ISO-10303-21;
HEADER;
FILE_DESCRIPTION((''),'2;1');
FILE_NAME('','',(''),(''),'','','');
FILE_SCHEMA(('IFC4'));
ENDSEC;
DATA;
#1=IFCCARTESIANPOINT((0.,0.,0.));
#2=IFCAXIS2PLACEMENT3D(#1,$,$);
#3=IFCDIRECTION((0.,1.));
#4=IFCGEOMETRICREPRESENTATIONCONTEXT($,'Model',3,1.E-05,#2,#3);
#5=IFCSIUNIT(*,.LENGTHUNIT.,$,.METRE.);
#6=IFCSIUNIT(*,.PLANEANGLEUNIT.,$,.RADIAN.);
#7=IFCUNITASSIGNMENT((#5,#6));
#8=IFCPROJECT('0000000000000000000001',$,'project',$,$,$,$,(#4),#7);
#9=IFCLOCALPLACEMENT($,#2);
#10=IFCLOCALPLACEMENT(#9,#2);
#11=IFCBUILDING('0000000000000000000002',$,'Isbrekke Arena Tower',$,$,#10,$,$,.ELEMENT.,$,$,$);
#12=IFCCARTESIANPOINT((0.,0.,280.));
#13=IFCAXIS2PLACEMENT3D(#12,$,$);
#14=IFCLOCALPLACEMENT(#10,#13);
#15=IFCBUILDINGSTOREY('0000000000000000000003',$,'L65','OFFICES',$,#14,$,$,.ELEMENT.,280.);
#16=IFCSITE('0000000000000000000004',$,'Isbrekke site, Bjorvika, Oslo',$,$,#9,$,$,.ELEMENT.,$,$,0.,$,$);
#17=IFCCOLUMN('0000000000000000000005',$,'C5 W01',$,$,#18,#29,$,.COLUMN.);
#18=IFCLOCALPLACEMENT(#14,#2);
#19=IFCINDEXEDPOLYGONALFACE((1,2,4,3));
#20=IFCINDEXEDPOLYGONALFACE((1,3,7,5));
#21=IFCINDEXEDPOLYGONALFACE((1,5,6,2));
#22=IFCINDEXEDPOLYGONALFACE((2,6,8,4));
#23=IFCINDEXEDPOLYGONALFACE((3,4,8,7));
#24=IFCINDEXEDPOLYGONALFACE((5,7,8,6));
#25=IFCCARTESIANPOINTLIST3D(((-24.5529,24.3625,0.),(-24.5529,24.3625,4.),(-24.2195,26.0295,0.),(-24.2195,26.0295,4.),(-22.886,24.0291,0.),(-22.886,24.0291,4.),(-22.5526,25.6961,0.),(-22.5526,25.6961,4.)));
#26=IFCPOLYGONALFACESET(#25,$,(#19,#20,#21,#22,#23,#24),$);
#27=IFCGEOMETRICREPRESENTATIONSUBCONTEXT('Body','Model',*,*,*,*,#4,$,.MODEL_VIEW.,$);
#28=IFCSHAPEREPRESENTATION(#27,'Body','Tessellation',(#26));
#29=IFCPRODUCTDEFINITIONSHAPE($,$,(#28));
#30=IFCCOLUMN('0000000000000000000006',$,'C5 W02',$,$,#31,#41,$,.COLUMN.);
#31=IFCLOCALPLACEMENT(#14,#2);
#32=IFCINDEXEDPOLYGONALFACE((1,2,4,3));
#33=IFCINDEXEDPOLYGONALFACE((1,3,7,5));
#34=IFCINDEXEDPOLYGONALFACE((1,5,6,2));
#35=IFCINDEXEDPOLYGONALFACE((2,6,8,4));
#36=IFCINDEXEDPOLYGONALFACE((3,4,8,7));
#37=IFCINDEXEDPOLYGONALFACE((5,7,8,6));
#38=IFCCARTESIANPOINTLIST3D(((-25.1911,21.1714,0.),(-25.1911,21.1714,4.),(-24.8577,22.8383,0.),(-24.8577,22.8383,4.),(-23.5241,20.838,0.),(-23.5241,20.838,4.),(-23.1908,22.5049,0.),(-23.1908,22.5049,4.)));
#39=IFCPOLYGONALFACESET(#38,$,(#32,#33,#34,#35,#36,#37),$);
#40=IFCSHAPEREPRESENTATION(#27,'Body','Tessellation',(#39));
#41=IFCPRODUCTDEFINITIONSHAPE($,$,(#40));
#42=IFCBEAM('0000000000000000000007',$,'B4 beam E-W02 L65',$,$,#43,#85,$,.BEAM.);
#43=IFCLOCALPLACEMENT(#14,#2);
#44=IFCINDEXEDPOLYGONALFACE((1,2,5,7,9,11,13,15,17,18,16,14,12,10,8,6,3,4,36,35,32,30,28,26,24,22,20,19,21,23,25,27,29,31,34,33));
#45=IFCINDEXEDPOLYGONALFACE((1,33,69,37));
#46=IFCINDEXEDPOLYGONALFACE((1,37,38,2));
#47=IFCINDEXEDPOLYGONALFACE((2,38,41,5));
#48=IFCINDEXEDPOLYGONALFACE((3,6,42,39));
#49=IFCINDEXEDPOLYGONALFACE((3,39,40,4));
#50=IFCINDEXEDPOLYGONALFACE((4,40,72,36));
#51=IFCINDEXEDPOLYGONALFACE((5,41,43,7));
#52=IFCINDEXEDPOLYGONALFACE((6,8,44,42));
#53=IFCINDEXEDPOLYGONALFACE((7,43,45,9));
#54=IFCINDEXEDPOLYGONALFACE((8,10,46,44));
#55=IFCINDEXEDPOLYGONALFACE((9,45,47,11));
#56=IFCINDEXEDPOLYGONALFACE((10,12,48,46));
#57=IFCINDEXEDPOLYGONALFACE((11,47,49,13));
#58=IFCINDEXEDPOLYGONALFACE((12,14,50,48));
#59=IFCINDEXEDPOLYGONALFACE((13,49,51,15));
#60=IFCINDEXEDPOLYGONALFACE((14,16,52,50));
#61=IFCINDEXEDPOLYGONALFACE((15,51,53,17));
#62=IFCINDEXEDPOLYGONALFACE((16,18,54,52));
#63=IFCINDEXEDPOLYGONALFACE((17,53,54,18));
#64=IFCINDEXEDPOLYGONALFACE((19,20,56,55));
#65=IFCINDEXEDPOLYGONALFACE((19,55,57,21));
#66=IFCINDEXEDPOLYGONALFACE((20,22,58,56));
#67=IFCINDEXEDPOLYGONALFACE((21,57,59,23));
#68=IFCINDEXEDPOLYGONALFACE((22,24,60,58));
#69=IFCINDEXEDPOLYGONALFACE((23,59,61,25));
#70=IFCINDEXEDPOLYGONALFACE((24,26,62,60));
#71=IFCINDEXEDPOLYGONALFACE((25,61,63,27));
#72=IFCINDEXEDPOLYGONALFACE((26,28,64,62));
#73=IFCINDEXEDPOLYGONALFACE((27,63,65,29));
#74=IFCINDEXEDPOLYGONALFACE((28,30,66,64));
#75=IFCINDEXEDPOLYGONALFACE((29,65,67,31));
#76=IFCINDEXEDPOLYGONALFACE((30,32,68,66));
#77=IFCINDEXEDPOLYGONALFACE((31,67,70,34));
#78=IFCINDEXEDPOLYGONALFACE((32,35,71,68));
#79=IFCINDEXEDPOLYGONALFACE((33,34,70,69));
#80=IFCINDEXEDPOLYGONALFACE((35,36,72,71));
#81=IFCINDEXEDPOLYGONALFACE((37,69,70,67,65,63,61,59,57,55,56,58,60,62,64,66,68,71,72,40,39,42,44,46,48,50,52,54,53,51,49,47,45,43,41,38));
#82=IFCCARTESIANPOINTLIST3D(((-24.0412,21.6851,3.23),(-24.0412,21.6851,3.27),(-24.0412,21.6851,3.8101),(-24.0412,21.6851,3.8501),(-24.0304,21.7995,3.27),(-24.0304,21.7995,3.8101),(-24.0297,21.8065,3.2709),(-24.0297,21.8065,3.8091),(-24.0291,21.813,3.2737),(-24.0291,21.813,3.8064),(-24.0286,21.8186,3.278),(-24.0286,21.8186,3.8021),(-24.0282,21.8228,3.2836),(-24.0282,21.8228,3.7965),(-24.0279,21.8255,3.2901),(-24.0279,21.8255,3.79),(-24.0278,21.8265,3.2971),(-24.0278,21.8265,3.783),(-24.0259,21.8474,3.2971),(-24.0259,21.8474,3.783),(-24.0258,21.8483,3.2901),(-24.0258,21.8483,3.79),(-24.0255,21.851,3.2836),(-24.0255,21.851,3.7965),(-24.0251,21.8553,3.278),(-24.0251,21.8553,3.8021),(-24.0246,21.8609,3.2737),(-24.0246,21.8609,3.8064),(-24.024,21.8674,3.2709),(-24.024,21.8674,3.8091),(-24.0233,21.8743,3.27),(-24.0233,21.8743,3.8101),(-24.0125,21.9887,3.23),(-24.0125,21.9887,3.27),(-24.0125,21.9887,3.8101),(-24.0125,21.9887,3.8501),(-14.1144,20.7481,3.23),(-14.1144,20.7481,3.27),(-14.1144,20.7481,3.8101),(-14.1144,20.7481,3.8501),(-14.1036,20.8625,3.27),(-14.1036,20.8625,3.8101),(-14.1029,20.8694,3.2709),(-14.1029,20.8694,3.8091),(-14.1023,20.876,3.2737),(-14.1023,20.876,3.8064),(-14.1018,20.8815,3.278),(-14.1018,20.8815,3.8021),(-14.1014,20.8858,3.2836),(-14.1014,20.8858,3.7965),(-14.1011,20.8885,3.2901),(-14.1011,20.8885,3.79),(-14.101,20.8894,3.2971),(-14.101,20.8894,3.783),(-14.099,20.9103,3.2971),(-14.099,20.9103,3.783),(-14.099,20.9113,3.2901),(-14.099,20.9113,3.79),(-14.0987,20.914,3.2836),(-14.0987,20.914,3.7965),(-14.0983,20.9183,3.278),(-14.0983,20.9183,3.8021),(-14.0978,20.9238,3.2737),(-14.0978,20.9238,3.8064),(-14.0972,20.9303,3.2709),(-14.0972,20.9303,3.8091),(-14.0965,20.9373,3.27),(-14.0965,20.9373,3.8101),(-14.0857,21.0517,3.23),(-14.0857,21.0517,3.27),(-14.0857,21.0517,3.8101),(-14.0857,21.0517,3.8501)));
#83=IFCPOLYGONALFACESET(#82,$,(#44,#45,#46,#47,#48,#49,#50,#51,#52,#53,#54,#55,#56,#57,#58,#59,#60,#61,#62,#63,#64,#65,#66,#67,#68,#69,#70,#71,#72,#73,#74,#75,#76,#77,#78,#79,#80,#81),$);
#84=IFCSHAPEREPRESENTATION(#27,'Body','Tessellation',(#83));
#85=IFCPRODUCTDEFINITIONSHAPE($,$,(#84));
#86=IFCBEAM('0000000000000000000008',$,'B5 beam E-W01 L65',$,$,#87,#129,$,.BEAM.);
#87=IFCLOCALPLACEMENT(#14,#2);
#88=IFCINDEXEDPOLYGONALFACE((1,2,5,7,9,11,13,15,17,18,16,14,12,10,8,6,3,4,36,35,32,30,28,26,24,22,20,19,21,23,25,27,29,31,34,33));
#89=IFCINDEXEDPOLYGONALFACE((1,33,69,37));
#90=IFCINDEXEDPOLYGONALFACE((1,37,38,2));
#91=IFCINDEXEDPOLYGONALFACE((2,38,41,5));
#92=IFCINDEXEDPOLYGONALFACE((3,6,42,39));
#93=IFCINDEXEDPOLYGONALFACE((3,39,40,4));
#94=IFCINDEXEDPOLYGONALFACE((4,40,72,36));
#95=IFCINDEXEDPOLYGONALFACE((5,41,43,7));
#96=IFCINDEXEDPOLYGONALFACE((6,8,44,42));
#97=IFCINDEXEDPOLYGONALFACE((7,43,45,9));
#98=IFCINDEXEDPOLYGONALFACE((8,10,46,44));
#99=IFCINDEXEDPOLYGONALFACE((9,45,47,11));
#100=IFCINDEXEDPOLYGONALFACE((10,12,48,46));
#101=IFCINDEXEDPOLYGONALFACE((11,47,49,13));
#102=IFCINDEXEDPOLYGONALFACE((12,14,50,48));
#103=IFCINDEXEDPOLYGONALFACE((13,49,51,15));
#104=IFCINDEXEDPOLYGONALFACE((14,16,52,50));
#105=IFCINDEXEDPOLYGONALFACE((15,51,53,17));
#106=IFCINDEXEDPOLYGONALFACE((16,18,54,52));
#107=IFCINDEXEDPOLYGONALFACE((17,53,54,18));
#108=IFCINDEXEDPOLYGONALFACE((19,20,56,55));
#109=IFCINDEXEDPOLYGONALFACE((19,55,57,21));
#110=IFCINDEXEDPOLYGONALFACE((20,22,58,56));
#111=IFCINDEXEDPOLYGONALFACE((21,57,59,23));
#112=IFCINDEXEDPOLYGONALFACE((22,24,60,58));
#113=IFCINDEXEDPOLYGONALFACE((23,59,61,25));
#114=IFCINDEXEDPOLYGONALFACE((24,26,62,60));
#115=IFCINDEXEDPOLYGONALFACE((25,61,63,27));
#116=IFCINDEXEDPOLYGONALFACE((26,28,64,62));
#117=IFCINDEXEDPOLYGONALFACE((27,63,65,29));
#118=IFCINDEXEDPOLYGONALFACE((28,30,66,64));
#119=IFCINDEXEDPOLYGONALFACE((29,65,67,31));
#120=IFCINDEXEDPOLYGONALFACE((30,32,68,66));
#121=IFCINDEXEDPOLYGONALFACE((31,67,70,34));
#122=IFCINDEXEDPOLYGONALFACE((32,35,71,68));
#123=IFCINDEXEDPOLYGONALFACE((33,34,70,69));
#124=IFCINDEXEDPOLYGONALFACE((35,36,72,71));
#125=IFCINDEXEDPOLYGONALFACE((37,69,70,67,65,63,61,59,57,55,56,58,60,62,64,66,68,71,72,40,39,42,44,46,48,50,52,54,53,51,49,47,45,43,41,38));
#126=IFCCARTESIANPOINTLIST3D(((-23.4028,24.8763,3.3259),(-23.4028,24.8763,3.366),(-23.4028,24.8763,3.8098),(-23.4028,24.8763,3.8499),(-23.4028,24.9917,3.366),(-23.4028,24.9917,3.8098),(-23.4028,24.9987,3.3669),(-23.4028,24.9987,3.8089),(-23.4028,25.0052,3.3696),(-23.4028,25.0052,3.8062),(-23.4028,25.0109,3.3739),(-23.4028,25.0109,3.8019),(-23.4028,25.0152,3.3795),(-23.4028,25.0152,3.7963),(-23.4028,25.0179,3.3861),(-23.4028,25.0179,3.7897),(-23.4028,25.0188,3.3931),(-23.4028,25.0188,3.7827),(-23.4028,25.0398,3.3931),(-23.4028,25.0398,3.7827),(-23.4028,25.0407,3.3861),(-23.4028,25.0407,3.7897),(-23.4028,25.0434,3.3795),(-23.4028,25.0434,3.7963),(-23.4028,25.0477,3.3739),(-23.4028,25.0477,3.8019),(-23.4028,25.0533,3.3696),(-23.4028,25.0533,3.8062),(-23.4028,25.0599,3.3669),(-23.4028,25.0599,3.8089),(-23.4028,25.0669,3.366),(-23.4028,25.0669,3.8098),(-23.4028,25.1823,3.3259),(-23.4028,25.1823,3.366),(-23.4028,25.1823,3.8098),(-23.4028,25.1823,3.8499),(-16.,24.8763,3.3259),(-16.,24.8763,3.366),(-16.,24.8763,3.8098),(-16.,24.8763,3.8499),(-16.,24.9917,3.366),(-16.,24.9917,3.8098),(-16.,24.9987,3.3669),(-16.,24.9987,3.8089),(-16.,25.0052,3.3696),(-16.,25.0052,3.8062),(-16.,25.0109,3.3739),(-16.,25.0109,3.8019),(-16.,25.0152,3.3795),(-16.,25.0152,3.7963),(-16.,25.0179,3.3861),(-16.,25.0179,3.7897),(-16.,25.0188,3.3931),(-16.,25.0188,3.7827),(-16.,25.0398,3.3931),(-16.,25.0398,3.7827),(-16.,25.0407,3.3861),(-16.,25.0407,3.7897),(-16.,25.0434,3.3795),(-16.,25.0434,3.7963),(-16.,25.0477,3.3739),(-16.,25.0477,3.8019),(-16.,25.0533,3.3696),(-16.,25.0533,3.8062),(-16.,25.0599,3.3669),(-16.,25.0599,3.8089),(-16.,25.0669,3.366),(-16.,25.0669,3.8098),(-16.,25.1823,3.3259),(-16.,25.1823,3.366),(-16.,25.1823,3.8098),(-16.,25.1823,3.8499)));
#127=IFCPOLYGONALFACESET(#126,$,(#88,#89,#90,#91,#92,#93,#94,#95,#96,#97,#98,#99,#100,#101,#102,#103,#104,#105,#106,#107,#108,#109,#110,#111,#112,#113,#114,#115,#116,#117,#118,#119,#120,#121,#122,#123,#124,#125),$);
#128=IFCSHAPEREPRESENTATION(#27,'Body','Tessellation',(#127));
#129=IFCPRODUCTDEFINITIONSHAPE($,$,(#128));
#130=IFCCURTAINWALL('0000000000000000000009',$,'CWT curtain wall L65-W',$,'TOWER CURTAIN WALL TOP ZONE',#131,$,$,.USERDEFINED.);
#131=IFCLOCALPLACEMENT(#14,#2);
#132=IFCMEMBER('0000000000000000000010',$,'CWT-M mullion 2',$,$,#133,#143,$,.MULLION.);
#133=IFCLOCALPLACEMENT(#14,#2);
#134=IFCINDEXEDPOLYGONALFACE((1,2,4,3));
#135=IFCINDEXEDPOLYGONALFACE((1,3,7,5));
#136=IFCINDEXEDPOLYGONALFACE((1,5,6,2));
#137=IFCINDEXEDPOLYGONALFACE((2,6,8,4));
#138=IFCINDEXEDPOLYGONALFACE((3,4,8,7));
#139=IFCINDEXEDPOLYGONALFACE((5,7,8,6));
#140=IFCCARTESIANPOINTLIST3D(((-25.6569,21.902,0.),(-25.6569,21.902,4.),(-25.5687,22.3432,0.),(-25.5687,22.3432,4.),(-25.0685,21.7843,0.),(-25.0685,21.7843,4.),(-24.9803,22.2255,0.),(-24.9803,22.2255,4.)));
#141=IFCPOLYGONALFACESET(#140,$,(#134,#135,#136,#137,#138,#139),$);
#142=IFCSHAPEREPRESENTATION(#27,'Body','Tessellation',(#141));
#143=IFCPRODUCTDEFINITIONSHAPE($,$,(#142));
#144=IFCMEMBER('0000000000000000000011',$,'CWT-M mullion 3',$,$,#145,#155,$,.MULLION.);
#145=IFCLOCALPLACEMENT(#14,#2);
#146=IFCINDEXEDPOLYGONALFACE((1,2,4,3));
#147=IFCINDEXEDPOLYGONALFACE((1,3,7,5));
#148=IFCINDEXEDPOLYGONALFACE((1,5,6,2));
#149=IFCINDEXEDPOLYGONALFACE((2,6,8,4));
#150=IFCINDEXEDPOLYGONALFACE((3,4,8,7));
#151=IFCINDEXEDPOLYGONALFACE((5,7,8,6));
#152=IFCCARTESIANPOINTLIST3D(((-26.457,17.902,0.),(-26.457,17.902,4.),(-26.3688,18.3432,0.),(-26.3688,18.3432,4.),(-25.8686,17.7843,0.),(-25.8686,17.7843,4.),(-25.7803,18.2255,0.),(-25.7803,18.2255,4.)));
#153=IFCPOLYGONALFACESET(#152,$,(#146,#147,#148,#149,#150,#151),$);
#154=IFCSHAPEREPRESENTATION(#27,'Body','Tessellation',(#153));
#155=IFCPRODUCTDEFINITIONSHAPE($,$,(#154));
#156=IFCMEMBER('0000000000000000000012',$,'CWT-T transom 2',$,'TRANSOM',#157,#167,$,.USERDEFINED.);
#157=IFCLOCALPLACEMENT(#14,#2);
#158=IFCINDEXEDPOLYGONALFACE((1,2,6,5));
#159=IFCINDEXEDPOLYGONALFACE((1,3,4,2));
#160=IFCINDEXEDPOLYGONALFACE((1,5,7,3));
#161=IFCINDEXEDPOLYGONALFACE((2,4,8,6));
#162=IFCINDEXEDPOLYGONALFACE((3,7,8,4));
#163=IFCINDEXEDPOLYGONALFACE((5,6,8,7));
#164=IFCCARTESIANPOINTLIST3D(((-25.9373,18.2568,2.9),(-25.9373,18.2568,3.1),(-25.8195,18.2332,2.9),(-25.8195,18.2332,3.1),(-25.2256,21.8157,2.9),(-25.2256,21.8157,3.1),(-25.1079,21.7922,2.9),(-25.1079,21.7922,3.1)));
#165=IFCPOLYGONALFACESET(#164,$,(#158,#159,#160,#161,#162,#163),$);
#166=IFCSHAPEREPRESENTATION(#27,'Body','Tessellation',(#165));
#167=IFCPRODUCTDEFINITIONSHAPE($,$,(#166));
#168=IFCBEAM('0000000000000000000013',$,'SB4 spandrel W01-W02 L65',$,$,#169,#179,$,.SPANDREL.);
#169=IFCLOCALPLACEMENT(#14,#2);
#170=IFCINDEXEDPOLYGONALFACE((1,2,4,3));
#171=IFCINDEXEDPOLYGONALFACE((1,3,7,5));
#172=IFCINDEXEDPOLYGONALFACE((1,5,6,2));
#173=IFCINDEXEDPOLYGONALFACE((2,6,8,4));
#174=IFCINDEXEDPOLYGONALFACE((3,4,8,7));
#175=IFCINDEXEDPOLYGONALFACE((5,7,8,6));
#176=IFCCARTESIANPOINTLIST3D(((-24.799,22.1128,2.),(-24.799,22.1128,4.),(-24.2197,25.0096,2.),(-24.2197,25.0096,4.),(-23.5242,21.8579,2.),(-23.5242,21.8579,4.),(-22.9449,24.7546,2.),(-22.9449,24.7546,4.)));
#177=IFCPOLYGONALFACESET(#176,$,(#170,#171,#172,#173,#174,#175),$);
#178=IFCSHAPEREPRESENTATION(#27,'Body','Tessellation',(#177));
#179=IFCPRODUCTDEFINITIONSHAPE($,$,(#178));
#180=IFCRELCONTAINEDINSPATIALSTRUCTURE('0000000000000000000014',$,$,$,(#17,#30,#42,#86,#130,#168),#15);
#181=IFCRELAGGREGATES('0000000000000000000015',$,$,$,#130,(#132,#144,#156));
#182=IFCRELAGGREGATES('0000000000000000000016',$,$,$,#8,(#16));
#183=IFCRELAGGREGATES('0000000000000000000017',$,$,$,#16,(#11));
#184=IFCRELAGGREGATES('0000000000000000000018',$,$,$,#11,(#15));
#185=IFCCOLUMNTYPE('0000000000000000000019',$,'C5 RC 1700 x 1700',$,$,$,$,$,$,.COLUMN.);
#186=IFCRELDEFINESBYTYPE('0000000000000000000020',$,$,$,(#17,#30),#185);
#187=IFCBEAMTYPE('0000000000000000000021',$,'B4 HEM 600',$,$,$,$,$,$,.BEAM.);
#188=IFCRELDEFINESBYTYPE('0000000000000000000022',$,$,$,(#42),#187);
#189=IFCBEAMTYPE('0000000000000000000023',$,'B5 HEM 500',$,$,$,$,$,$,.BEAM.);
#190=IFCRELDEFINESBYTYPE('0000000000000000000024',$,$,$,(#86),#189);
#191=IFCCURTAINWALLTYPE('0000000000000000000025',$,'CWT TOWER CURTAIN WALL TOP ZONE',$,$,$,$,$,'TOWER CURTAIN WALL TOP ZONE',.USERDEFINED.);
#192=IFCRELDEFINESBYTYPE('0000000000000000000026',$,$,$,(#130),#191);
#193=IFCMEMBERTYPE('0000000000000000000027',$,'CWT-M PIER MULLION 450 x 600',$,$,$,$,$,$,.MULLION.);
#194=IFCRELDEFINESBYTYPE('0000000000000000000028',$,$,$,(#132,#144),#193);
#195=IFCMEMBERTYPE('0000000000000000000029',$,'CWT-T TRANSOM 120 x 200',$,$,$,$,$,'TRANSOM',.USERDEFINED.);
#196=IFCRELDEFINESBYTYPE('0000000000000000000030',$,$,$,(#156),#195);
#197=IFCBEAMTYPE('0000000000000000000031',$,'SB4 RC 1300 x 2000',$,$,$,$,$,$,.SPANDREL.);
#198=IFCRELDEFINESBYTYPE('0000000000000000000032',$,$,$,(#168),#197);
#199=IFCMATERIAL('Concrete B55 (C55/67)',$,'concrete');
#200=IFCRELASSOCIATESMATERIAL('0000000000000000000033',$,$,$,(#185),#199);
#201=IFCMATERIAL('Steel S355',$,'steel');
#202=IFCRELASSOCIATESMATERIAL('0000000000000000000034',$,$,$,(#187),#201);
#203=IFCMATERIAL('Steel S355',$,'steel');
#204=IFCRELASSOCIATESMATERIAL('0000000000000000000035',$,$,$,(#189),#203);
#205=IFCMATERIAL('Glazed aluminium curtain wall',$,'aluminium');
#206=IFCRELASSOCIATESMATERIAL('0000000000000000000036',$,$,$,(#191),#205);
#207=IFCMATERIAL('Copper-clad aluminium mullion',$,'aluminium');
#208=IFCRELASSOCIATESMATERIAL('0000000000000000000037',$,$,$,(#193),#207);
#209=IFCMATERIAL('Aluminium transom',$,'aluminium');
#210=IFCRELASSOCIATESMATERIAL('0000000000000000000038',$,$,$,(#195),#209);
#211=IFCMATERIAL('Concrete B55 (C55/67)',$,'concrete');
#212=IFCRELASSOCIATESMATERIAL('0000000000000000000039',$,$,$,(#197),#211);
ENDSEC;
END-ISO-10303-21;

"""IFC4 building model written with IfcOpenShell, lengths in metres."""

from ifc_helpers import new_model, si_unit, direction, frame, origin, origin_2d, place, context, subcontext, project, spatial, rectangle, i_section, extrude, material, material_profile, profile_set, type_object, element, aggregate, save


model = new_model("IFC4")

# Units and contexts
model_context = context("Model", 3, precision=1e-05, world=origin(), true_north=direction((0.0, 1.0)))
body_context = subcontext(model_context, "Body", "Model", "MODEL_VIEW")
ifc_project = project(units=[si_unit("LENGTHUNIT", "METRE"), si_unit("PLANEANGLEUNIT", "RADIAN")], contexts=[model_context])

# Site, building, storey
site_placement = place(None, origin())
site = spatial("IfcSite", under=ifc_project, at=site_placement, Name="Isbrekke site, Bjorvika, Oslo", CompositionType="ELEMENT", RefElevation=0.0)
building_placement = place(site_placement, origin())
building = spatial("IfcBuilding", under=site, at=building_placement, Name="Isbrekke Arena Tower", CompositionType="ELEMENT")
storey_placement = place(building_placement, frame((0.0, 0.0, 280.0)))
storey = spatial("IfcBuildingStorey", under=building, at=storey_placement, Name="L65", Description="OFFICES", CompositionType="ELEMENT", Elevation=280.0)

# Columns
ifc_material_1 = material(Name="Concrete B55 (C55/67)", Category="concrete")
ifc_material_profile_1 = material_profile(ifc_material_1, rectangle(XDim=1.7, YDim=1.7, at=origin_2d()), Name="RC 1700x1700")
ifc_profile_set_1 = profile_set([ifc_material_profile_1], Name="Concrete B55 (C55/67)")
column_type = type_object("IfcColumnType", Name="C5 RC 1700 x 1700", PredefinedType="COLUMN", material=ifc_profile_set_1)
for number, where, z_axis, x_axis, name in (
    (1, (-23.5527, 25.0293, 0.0), (0.0, 0.0, 1.0), (-0.196116, -0.980581, 0.0), "C5 W01"),
    (2, (-24.1909, 21.8381, 0.0), (0.0, 0.0, 1.0), (-0.196116, -0.980581, 0.0), "C5 W02"),
):
    element("IfcColumn", number, at=place(storey_placement, frame(where, z_axis=z_axis, x_axis=x_axis)), inside=storey, type_object=column_type, Name=name, PredefinedType="COLUMN", context=body_context, shape_type="SweptSolid", body=[
        extrude(rectangle(XDim=1.7, YDim=1.7, at=origin_2d()), origin(), (0.0, 0.0, 1.0), 4.0),
    ])

# Beams
ifc_material_2 = material(Name="Steel S355", Category="steel")
ifc_material_profile_2 = material_profile(ifc_material_2, i_section(OverallWidth=0.3049, OverallDepth=0.6201, WebThickness=0.021, FlangeThickness=0.04, FilletRadius=0.0271, at=origin_2d()), Name="HEM 600")
ifc_profile_set_2 = profile_set([ifc_material_profile_2], Name="Steel S355")
beam_type_1 = type_object("IfcBeamType", Name="B4 HEM 600", PredefinedType="BEAM", material=ifc_profile_set_2)
beam_1_placement = place(storey_placement, frame((-24.0269, 21.8369, 3.54), z_axis=(0.995575, -0.093975, 0.0), x_axis=(0.093975, 0.995575, 0.0)))
element("IfcBeam", 3, at=beam_1_placement, inside=storey, type_object=beam_type_1, Name="B4 beam E-W02 L65", PredefinedType="BEAM", context=body_context, shape_type="SweptSolid", body=[
    extrude(i_section(OverallWidth=0.3049, OverallDepth=0.6201, WebThickness=0.021, FlangeThickness=0.04, FilletRadius=0.0271, at=origin_2d()), origin(), (0.0, 0.0, 1.0), 9.9709),
])
ifc_material_3 = material(Name="Steel S355", Category="steel")
ifc_material_profile_3 = material_profile(ifc_material_3, i_section(OverallWidth=0.3059, OverallDepth=0.5239, WebThickness=0.021, FlangeThickness=0.04, FilletRadius=0.0271, at=origin_2d()), Name="HEM 500")
ifc_profile_set_3 = profile_set([ifc_material_profile_3], Name="Steel S355")
beam_type_2 = type_object("IfcBeamType", Name="B5 HEM 500", PredefinedType="BEAM", material=ifc_profile_set_3)
beam_2_placement = place(storey_placement, frame((-23.4028, 25.0293, 3.5879), z_axis=(1.0, 0.0, 0.0), x_axis=(0.0, 1.0, 0.0)))
element("IfcBeam", 4, at=beam_2_placement, inside=storey, type_object=beam_type_2, Name="B5 beam E-W01 L65", PredefinedType="BEAM", context=body_context, shape_type="SweptSolid", body=[
    extrude(i_section(OverallWidth=0.3059, OverallDepth=0.5239, WebThickness=0.021, FlangeThickness=0.04, FilletRadius=0.0271, at=origin_2d()), origin(), (0.0, 0.0, 1.0), 7.4028),
])

# Curtain wall, members
ifc_material_4 = material(Name="Glazed aluminium curtain wall", Category="aluminium")
curtain_wall_type = type_object("IfcCurtainWallType", Name="CWT TOWER CURTAIN WALL TOP ZONE", ElementType="TOWER CURTAIN WALL TOP ZONE", PredefinedType="USERDEFINED", material=ifc_material_4)
curtain_wall_placement = place(storey_placement, origin())
curtain_wall = element("IfcCurtainWall", 5, at=curtain_wall_placement, inside=storey, type_object=curtain_wall_type, Name="CWT curtain wall L65-W", ObjectType="TOWER CURTAIN WALL TOP ZONE", PredefinedType="USERDEFINED")
ifc_material_5 = material(Name="Copper-clad aluminium mullion", Category="aluminium")
ifc_material_profile_4 = material_profile(ifc_material_5, rectangle(XDim=0.45, YDim=0.6001, at=origin_2d()), Name="PIER 450X600")
ifc_profile_set_4 = profile_set([ifc_material_profile_4], Name="Copper-clad aluminium mullion")
member_type_1 = type_object("IfcMemberType", Name="CWT-M PIER MULLION 450 x 600", PredefinedType="MULLION", material=ifc_profile_set_4)
member_1_placement = place(storey_placement, frame((-25.3186, 22.0637, 0.0), z_axis=(0.0, 0.0, 1.0), x_axis=(-0.196116, -0.980581, 0.0)))
member_1 = element("IfcMember", 6, at=member_1_placement, type_object=member_type_1, Name="CWT-M mullion 2", PredefinedType="MULLION", context=body_context, shape_type="SweptSolid", body=[
    extrude(rectangle(XDim=0.45, YDim=0.6001, at=origin_2d()), origin(), (0.0, 0.0, 1.0), 4.0),
])
member_2_placement = place(storey_placement, frame((-26.1187, 18.0637, 0.0), z_axis=(0.0, 0.0, 1.0), x_axis=(-0.196116, -0.980581, 0.0)))
member_2 = element("IfcMember", 7, at=member_2_placement, type_object=member_type_1, Name="CWT-M mullion 3", PredefinedType="MULLION", context=body_context, shape_type="SweptSolid", body=[
    extrude(rectangle(XDim=0.45, YDim=0.6001, at=origin_2d()), origin(), (0.0, 0.0, 1.0), 4.0),
])
ifc_material_6 = material(Name="Aluminium transom", Category="aluminium")
ifc_material_profile_5 = material_profile(ifc_material_6, rectangle(XDim=0.1201, YDim=0.2, at=origin_2d()), Name="TRANSOM 120X200")
ifc_profile_set_5 = profile_set([ifc_material_profile_5], Name="Aluminium transom")
member_type_2 = type_object("IfcMemberType", Name="CWT-T TRANSOM 120 x 200", ElementType="TRANSOM", PredefinedType="USERDEFINED", material=ifc_profile_set_5)
member_3_placement = place(storey_placement, frame((-25.1667, 21.804, 3.0), z_axis=(-0.19609, -0.980586, 0.0), x_axis=(0.980586, -0.19609, 0.0)))
member_3 = element("IfcMember", 8, at=member_3_placement, type_object=member_type_2, Name="CWT-T transom 2", ObjectType="TRANSOM", PredefinedType="USERDEFINED", context=body_context, shape_type="SweptSolid", body=[
    extrude(rectangle(XDim=0.1201, YDim=0.2, at=origin_2d()), origin(), (0.0, 0.0, 1.0), 3.6294),
])

# Beam
ifc_material_7 = material(Name="Concrete B55 (C55/67)", Category="concrete")
ifc_material_profile_6 = material_profile(ifc_material_7, rectangle(XDim=1.3, YDim=2.0, at=origin_2d()), Name="RC 1300x2000")
ifc_profile_set_6 = profile_set([ifc_material_profile_6], Name="Concrete B55 (C55/67)")
beam_type_3 = type_object("IfcBeamType", Name="SB4 RC 1300 x 2000", PredefinedType="SPANDREL", material=ifc_profile_set_6)
beam_3_placement = place(storey_placement, frame((-23.5823, 24.8821, 3.0), z_axis=(-0.196116, -0.980581, 0.0), x_axis=(0.980581, -0.196116, 0.0)))
element("IfcBeam", 9, at=beam_3_placement, inside=storey, type_object=beam_type_3, Name="SB4 spandrel W01-W02 L65", PredefinedType="SPANDREL", context=body_context, shape_type="SweptSolid", body=[
    extrude(rectangle(XDim=1.3, YDim=2.0, at=origin_2d()), origin(), (0.0, 0.0, 1.0), 2.9541),
])

aggregate(curtain_wall, [member_1, member_2, member_3])

save(model, "model.ifc")
